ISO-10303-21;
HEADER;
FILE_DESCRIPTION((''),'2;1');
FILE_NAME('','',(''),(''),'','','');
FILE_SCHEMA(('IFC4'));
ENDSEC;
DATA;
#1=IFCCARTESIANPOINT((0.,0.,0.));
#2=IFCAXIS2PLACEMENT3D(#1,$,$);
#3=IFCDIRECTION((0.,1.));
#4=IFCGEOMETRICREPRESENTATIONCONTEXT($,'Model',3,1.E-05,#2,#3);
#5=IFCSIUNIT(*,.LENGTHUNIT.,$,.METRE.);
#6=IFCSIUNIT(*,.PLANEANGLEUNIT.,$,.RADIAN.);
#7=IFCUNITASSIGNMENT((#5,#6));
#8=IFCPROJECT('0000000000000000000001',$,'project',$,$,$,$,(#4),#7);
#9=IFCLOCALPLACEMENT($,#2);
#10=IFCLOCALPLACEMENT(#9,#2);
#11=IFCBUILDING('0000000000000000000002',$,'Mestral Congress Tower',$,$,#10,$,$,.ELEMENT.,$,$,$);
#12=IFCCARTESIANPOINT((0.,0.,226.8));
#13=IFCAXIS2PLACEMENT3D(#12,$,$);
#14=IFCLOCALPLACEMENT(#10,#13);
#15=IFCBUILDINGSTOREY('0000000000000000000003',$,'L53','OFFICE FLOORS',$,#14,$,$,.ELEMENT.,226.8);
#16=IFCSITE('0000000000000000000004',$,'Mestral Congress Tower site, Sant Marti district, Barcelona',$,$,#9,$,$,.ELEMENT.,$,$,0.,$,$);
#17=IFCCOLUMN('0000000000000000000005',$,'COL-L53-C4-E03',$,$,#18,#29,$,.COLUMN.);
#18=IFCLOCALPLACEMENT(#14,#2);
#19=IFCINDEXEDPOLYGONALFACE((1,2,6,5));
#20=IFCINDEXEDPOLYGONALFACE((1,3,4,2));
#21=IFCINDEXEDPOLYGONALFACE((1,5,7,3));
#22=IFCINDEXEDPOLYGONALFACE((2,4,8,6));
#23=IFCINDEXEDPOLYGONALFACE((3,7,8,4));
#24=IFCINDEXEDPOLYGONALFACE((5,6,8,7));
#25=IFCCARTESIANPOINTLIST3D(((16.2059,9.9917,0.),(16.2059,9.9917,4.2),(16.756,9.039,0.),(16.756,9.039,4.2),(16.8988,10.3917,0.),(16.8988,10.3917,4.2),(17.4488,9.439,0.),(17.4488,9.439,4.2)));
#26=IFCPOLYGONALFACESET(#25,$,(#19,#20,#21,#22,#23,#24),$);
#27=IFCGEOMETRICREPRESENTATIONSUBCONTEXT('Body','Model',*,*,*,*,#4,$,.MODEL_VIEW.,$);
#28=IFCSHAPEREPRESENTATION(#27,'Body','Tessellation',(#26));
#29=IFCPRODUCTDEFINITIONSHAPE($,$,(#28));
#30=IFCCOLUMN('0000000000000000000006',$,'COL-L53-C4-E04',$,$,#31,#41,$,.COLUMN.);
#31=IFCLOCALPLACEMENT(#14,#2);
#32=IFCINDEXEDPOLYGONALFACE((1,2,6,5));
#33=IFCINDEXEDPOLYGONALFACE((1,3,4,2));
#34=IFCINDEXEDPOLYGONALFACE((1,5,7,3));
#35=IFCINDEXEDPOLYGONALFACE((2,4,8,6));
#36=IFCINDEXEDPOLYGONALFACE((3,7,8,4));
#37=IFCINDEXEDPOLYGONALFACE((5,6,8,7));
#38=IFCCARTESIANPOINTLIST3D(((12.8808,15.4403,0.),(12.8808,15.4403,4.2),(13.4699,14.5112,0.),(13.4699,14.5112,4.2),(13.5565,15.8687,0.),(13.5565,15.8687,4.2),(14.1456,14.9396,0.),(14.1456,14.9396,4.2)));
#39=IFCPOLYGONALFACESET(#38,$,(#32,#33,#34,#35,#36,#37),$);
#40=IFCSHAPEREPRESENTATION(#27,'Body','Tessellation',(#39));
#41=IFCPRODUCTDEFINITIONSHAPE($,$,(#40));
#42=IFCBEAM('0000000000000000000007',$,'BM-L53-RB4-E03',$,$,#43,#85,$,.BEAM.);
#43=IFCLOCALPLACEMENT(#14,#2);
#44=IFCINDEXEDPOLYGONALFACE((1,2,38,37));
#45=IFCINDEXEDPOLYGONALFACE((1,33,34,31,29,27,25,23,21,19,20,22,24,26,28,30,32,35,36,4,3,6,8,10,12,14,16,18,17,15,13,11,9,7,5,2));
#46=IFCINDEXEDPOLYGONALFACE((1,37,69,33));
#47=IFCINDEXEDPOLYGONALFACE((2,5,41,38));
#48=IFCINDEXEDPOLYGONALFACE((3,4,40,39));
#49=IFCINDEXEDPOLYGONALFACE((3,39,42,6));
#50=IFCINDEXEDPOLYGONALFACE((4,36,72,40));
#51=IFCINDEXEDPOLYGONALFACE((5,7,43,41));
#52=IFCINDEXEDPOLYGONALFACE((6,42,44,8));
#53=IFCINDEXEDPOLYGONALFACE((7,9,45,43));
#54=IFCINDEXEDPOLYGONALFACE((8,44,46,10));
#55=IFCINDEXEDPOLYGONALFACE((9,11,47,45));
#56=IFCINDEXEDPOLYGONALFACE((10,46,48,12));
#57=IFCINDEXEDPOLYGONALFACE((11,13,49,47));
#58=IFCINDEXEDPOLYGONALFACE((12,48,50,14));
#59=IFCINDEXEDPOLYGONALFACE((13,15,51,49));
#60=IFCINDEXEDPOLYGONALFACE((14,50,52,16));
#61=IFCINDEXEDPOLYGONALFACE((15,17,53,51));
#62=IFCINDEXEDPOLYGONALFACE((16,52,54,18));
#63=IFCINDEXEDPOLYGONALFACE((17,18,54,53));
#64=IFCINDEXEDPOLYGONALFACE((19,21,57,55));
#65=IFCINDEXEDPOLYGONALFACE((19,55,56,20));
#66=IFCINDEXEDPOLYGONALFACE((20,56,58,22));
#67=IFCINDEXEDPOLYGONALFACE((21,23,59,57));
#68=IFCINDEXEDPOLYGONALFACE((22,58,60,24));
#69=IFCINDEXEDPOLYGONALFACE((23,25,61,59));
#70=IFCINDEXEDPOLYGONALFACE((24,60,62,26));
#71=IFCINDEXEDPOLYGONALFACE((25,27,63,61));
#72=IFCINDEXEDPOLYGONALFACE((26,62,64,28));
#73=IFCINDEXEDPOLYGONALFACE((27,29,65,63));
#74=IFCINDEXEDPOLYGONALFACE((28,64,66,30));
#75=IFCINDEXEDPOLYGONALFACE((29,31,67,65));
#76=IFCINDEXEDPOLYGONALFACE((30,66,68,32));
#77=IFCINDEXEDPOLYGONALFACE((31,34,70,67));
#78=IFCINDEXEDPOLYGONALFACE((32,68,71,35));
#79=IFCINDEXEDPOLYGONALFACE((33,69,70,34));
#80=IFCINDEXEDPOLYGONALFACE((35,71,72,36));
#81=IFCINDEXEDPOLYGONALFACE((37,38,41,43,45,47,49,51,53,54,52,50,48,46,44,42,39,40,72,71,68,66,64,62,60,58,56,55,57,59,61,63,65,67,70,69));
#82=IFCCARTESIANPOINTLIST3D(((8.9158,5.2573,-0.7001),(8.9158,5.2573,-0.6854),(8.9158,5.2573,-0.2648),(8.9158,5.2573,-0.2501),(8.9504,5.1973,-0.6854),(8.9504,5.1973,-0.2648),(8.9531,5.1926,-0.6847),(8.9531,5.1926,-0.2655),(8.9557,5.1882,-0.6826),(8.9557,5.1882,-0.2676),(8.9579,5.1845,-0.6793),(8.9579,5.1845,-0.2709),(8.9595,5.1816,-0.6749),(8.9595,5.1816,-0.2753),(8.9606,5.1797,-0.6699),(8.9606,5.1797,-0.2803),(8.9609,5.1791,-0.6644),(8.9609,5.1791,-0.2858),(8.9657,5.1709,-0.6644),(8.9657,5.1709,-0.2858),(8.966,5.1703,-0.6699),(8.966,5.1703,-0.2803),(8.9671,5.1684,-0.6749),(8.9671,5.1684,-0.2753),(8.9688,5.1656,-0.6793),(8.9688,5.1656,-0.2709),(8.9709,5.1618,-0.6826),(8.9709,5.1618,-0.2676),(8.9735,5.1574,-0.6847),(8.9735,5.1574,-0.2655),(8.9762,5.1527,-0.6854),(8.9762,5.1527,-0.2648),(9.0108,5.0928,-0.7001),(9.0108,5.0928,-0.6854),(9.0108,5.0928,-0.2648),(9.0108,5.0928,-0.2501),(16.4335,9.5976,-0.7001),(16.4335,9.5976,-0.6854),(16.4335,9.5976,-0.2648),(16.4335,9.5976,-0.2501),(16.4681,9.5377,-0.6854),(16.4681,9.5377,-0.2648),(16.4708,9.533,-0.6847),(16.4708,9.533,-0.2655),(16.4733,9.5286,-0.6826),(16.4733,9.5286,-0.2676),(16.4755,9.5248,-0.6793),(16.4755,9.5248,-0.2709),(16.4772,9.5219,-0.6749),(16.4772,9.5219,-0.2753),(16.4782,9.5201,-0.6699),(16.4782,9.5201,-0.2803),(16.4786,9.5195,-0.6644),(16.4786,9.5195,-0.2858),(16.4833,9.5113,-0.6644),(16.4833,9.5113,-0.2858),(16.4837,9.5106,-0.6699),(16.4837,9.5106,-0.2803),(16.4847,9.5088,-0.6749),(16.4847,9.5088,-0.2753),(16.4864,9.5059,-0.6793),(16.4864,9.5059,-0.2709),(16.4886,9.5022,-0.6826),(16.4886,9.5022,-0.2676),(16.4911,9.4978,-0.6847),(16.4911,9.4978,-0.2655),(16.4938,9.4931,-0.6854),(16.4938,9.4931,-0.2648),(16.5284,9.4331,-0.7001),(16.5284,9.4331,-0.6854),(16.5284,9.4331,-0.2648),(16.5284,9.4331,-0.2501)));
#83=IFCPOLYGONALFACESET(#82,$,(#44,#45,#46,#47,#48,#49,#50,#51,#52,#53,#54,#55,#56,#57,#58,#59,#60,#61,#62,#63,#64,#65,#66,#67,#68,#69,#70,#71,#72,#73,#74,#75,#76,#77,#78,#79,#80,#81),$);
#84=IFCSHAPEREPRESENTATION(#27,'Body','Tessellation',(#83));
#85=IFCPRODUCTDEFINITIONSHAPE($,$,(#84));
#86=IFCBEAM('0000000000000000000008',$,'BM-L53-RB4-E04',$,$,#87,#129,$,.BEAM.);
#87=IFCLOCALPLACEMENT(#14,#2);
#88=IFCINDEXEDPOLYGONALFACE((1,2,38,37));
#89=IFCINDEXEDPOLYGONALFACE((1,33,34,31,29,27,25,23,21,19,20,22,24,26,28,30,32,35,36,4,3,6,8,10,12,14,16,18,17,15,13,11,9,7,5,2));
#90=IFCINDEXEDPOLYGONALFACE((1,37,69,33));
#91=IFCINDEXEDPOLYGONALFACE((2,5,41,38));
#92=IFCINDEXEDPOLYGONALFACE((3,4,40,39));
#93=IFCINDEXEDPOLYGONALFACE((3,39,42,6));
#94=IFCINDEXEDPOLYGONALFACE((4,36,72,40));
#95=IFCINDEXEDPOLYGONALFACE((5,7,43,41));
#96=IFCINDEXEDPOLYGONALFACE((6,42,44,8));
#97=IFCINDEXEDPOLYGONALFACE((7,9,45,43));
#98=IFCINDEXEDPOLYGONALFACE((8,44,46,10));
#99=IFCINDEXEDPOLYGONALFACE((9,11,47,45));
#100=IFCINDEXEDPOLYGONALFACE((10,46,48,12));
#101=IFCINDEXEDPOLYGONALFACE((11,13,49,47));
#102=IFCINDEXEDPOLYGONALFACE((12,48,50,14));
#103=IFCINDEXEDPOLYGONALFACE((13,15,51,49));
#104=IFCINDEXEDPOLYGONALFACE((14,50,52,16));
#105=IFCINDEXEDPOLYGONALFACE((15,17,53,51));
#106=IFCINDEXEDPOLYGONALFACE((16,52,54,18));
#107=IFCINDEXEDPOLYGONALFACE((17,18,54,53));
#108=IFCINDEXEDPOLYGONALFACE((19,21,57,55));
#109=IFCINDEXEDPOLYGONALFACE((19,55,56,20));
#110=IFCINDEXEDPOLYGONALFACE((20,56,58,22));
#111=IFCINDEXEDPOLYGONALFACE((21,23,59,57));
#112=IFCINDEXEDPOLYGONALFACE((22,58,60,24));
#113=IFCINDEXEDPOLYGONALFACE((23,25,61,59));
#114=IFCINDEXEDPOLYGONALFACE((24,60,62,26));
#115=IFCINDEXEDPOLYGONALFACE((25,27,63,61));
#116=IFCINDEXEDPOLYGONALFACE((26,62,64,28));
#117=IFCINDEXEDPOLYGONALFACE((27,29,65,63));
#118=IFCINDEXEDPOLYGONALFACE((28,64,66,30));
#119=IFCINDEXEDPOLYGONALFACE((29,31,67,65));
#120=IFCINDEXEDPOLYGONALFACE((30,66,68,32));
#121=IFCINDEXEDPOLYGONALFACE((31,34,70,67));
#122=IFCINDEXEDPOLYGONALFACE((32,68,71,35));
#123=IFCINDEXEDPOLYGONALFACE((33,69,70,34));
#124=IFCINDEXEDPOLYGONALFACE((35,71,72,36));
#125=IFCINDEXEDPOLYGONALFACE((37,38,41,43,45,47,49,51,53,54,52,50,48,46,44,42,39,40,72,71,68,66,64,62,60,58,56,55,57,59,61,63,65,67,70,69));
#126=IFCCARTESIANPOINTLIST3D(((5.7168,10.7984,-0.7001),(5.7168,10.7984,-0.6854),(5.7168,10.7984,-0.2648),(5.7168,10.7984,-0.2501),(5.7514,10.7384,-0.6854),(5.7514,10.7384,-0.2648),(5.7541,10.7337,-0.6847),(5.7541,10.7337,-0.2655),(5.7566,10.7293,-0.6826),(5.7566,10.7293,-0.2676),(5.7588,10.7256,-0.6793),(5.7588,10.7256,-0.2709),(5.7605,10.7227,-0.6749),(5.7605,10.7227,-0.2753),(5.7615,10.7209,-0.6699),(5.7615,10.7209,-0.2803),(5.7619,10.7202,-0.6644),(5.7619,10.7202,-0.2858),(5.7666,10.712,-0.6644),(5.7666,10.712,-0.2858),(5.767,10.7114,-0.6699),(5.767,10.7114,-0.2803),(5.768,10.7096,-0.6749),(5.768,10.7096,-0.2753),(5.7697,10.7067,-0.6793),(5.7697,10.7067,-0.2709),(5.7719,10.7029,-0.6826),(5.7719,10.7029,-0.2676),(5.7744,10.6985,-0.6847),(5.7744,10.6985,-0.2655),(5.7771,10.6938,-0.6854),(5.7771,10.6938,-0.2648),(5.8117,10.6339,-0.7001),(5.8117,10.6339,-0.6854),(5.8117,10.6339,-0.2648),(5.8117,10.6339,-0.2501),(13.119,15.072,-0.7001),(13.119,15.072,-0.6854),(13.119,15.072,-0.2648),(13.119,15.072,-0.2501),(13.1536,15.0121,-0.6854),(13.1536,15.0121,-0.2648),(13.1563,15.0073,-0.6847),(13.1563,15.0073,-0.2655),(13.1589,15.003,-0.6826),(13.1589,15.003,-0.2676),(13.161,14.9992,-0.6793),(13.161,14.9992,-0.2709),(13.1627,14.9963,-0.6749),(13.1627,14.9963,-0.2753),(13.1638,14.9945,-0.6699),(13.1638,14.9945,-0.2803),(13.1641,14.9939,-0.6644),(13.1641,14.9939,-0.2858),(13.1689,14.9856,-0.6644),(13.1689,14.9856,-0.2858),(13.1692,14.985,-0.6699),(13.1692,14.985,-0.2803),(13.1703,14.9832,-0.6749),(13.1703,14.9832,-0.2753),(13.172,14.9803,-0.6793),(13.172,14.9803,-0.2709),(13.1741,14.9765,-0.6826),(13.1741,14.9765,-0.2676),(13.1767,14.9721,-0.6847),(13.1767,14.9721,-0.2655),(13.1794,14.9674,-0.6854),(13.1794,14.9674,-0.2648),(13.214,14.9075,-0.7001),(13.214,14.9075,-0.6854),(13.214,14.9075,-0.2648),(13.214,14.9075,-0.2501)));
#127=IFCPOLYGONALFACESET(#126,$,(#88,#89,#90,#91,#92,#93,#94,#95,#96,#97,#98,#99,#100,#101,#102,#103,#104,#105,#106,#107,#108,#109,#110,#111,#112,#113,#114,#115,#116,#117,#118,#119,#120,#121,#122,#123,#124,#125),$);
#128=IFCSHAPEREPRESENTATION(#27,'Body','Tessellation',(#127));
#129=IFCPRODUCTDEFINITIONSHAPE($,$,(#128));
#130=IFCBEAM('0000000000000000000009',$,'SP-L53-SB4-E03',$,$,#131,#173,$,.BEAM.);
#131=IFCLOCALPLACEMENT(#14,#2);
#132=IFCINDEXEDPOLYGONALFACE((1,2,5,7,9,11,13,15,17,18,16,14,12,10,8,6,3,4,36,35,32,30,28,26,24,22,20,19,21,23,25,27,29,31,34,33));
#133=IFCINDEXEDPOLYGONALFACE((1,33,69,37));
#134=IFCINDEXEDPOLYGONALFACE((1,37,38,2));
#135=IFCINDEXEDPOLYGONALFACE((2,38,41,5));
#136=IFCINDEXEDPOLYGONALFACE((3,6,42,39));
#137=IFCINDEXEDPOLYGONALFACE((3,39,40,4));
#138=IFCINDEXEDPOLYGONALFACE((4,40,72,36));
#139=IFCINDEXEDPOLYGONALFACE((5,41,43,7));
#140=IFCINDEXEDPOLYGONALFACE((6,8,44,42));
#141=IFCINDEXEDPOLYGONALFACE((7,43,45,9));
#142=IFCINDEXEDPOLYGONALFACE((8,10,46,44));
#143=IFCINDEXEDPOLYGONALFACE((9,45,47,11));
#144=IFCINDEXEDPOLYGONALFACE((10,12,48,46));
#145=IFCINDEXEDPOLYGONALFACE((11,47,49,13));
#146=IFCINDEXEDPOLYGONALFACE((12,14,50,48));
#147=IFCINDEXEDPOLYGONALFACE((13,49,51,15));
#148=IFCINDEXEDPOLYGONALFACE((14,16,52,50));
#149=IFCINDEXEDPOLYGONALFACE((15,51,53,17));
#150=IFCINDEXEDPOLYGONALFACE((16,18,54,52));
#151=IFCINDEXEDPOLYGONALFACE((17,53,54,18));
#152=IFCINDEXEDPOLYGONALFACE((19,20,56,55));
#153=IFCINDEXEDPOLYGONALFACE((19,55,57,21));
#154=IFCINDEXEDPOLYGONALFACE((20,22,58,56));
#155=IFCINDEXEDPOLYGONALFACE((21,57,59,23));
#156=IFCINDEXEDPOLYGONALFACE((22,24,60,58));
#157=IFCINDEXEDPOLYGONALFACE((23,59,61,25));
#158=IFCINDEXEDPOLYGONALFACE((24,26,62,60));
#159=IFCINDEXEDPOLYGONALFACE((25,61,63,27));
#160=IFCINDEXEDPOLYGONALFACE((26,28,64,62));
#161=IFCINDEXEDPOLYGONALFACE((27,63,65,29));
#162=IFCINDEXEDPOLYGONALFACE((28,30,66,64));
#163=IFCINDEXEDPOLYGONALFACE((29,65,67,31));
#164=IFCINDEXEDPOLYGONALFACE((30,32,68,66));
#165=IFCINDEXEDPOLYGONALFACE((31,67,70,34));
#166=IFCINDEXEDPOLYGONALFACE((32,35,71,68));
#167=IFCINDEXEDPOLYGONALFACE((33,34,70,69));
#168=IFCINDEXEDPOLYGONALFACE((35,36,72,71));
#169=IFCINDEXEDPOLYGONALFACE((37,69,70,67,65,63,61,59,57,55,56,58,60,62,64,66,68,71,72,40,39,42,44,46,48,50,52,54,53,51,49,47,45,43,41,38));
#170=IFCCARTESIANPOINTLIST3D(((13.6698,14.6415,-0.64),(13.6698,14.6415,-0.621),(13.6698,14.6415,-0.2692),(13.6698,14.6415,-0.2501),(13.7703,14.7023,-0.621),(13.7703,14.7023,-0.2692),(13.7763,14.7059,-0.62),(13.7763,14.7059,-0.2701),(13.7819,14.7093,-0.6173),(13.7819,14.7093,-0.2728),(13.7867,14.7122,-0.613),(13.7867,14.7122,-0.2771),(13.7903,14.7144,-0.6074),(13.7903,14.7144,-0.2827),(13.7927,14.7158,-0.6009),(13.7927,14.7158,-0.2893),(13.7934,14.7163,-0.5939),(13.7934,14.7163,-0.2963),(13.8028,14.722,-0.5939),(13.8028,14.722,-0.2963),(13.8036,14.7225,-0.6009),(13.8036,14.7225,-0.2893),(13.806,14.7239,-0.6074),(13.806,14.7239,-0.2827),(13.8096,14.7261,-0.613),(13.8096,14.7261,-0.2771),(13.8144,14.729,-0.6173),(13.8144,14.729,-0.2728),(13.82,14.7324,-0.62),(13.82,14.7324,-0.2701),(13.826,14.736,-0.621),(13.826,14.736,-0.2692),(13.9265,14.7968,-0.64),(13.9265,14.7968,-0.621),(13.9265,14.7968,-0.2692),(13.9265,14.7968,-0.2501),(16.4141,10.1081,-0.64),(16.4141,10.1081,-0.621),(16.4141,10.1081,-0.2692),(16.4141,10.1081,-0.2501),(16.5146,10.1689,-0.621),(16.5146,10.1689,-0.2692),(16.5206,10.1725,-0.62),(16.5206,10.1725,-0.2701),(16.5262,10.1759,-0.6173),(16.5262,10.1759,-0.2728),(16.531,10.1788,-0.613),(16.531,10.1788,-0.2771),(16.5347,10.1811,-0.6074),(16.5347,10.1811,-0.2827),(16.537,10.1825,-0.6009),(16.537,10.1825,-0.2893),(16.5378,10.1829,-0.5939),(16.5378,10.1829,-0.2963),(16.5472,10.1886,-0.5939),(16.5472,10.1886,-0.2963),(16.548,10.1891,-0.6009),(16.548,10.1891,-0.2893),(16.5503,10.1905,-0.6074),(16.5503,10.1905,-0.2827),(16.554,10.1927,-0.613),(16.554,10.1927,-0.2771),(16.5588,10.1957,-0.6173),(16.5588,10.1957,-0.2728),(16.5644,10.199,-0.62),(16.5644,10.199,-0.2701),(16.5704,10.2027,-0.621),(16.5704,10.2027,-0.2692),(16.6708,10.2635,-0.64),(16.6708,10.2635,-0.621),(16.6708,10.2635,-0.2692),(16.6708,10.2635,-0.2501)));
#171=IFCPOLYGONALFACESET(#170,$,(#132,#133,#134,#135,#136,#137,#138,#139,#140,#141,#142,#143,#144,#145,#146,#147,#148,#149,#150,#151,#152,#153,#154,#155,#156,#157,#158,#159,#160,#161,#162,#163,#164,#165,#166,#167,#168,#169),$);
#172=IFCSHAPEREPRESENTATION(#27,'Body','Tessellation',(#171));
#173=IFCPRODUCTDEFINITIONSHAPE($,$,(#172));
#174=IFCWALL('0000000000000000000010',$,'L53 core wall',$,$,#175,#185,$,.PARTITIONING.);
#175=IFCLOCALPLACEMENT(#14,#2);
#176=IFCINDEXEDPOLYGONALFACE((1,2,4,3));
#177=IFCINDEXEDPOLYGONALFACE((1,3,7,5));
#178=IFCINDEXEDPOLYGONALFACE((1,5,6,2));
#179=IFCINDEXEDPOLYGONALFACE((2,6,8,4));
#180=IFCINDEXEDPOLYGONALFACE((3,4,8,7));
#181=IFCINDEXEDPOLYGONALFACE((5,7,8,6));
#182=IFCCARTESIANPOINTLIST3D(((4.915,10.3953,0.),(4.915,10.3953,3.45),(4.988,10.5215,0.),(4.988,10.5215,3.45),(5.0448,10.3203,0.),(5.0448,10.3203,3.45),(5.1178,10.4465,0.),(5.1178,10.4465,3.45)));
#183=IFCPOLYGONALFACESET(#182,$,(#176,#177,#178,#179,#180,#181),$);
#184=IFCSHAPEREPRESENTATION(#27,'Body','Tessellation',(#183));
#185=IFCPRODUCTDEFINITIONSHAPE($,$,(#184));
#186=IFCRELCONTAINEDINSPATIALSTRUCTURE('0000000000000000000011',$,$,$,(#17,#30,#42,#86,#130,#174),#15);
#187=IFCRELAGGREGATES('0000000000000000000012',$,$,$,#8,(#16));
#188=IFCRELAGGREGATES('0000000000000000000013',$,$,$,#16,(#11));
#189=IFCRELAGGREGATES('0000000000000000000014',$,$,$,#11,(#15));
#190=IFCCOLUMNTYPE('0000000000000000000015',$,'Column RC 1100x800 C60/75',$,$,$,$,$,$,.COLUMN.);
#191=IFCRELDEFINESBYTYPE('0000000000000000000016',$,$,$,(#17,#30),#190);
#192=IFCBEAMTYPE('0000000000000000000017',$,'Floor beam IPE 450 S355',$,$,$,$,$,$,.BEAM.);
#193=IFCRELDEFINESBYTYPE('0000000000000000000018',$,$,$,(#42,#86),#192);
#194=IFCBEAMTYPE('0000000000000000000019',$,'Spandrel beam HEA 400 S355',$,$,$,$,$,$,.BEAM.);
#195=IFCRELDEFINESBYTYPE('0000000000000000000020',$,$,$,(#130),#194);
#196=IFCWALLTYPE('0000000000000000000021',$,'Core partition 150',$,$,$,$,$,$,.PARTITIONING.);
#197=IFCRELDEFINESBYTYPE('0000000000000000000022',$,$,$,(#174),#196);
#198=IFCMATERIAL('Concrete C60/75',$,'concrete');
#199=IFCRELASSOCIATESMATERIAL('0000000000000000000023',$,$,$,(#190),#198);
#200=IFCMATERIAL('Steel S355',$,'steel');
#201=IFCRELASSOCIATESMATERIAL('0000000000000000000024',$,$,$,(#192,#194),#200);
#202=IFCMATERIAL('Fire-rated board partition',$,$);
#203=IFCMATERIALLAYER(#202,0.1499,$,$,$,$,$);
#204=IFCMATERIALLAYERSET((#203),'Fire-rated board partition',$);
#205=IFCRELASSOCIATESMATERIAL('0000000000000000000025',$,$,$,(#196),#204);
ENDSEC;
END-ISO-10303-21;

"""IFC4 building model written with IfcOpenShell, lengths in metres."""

from ifc_helpers import new_model, si_unit, direction, frame, frame_2d, origin, origin_2d, place, context, subcontext, project, spatial, rectangle, i_section, extrude, material, layer, layer_set, material_profile, profile_set, type_object, element, save


model = new_model("IFC4")

# Units and contexts
model_context = context("Model", 3, precision=1e-05, world=origin(), true_north=direction((0.0, 1.0)))
body_context = subcontext(model_context, "Body", "Model", "MODEL_VIEW")
ifc_project = project(units=[si_unit("LENGTHUNIT", "METRE"), si_unit("PLANEANGLEUNIT", "RADIAN")], contexts=[model_context])

# Site, building, storey
site_placement = place(None, origin())
site = spatial("IfcSite", under=ifc_project, at=site_placement, Name="Mestral Congress Tower site, Sant Marti district, Barcelona", CompositionType="ELEMENT", RefElevation=0.0)
building_placement = place(site_placement, origin())
building = spatial("IfcBuilding", under=site, at=building_placement, Name="Mestral Congress Tower", CompositionType="ELEMENT")
storey_placement = place(building_placement, frame((0.0, 0.0, 226.8)))
storey = spatial("IfcBuildingStorey", under=building, at=storey_placement, Name="L53", Description="OFFICE FLOORS", CompositionType="ELEMENT", Elevation=226.8)

# Columns
ifc_material_1 = material(Name="Concrete C60/75", Category="concrete")
ifc_material_profile_1 = material_profile(ifc_material_1, rectangle(XDim=1.1001, YDim=0.8, at=origin_2d()), Name="RC 1100x800")
ifc_profile_set_1 = profile_set([ifc_material_profile_1], Name="Concrete C60/75")
column_type = type_object("IfcColumnType", Name="Column RC 1100x800 C60/75", PredefinedType="COLUMN", material=ifc_profile_set_1)
for number, where, z_axis, x_axis, name in (
    (1, (16.8274, 9.7153, 0.0), (0.0, 0.0, 1.0), (-0.5, 0.866025, 0.0), "COL-L53-C4-E03"),
    (2, (13.5132, 15.1899, 0.0), (0.0, 0.0, 1.0), (-0.535503, 0.844534, 0.0), "COL-L53-C4-E04"),
):
    element("IfcColumn", number, at=place(storey_placement, frame(where, z_axis=z_axis, x_axis=x_axis)), inside=storey, type_object=column_type, Name=name, PredefinedType="COLUMN", context=body_context, shape_type="SweptSolid", body=[
        extrude(rectangle(XDim=1.1001, YDim=0.8, at=origin_2d()), origin(), (0.0, 0.0, 1.0), 4.2),
    ])

# Beams
ifc_material_2 = material(Name="Steel S355", Category="steel")
ifc_material_profile_2 = material_profile(ifc_material_2, i_section(OverallWidth=0.1899, OverallDepth=0.45, WebThickness=0.0095, FlangeThickness=0.0146, FilletRadius=0.021, at=origin_2d()), Name="IPE 450")
ifc_profile_set_2 = profile_set([ifc_material_profile_2], Name="Steel S355")
beam_type_1 = type_object("IfcBeamType", Name="Floor beam IPE 450 S355", PredefinedType="BEAM", material=ifc_profile_set_2)
beam_1_placement = place(storey_placement, frame((16.481, 9.5154, -0.4751), z_axis=(-0.866023, -0.500005, 0.0), x_axis=(0.500005, -0.866023, 0.0)))
element("IfcBeam", 3, at=beam_1_placement, inside=storey, type_object=beam_type_1, Name="BM-L53-RB4-E03", PredefinedType="BEAM", context=body_context, shape_type="SweptSolid", body=[
    extrude(i_section(OverallWidth=0.1899, OverallDepth=0.45, WebThickness=0.0095, FlangeThickness=0.0146, FilletRadius=0.021, at=origin_2d()), origin(), (0.0, 0.0, 1.0), 8.6807),
])
beam_2_placement = place(storey_placement, frame((13.1665, 14.9897, -0.4751), z_axis=(-0.866029, -0.499994, 0.0), x_axis=(0.499994, -0.866029, 0.0)))
element("IfcBeam", 4, at=beam_2_placement, inside=storey, type_object=beam_type_1, Name="BM-L53-RB4-E04", PredefinedType="BEAM", context=body_context, shape_type="SweptSolid", body=[
    extrude(i_section(OverallWidth=0.1899, OverallDepth=0.45, WebThickness=0.0095, FlangeThickness=0.0146, FilletRadius=0.021, at=origin_2d()), origin(), (0.0, 0.0, 1.0), 8.5474),
])
ifc_material_profile_3 = material_profile(ifc_material_2, i_section(OverallWidth=0.3, OverallDepth=0.3899, WebThickness=0.011, FlangeThickness=0.019, FilletRadius=0.0271, at=origin_2d()), Name="HEA 400")
ifc_profile_set_3 = profile_set([ifc_material_profile_3], Name="Steel S355")
beam_type_2 = type_object("IfcBeamType", Name="Spandrel beam HEA 400 S355", PredefinedType="BEAM", material=ifc_profile_set_3)
beam_3_placement = place(storey_placement, frame((16.5425, 10.1858, -0.4451), z_axis=(-0.517866, 0.855462, 0.0), x_axis=(-0.855462, -0.517866, 0.0)))
element("IfcBeam", 5, at=beam_3_placement, inside=storey, type_object=beam_type_2, Name="SP-L53-SB4-E03", PredefinedType="BEAM", context=body_context, shape_type="SweptSolid", body=[
    extrude(i_section(OverallWidth=0.3, OverallDepth=0.3899, WebThickness=0.011, FlangeThickness=0.019, FilletRadius=0.0271, at=origin_2d()), origin(), (0.0, 0.0, 1.0), 5.2993),
])

# Wall
ifc_material_3 = material(Name="Fire-rated board partition")
ifc_layer_1 = layer(ifc_material_3, 0.1499)
ifc_layer_set_1 = layer_set([ifc_layer_1], Name="Fire-rated board partition")
wall_type_1 = type_object("IfcWallType", Name="Core partition 150", PredefinedType="PARTITIONING", material=ifc_layer_set_1)
wall_1_placement = place(storey_placement, frame((4.98, 10.3579, 0.0), z_axis=(0.0, 0.0, 1.0), x_axis=(0.50064, 0.865655, 0.0)))
element("IfcWall", 6, at=wall_1_placement, inside=storey, type_object=wall_type_1, Name="L53 core wall", PredefinedType="PARTITIONING", context=body_context, shape_type="SweptSolid", body=[
    extrude(rectangle(XDim=0.1458, YDim=0.1499, at=frame_2d((0.0728, 0.0))), origin(), (0.0, 0.0, 1.0), 3.45),
])

save(model, "model.ifc")
